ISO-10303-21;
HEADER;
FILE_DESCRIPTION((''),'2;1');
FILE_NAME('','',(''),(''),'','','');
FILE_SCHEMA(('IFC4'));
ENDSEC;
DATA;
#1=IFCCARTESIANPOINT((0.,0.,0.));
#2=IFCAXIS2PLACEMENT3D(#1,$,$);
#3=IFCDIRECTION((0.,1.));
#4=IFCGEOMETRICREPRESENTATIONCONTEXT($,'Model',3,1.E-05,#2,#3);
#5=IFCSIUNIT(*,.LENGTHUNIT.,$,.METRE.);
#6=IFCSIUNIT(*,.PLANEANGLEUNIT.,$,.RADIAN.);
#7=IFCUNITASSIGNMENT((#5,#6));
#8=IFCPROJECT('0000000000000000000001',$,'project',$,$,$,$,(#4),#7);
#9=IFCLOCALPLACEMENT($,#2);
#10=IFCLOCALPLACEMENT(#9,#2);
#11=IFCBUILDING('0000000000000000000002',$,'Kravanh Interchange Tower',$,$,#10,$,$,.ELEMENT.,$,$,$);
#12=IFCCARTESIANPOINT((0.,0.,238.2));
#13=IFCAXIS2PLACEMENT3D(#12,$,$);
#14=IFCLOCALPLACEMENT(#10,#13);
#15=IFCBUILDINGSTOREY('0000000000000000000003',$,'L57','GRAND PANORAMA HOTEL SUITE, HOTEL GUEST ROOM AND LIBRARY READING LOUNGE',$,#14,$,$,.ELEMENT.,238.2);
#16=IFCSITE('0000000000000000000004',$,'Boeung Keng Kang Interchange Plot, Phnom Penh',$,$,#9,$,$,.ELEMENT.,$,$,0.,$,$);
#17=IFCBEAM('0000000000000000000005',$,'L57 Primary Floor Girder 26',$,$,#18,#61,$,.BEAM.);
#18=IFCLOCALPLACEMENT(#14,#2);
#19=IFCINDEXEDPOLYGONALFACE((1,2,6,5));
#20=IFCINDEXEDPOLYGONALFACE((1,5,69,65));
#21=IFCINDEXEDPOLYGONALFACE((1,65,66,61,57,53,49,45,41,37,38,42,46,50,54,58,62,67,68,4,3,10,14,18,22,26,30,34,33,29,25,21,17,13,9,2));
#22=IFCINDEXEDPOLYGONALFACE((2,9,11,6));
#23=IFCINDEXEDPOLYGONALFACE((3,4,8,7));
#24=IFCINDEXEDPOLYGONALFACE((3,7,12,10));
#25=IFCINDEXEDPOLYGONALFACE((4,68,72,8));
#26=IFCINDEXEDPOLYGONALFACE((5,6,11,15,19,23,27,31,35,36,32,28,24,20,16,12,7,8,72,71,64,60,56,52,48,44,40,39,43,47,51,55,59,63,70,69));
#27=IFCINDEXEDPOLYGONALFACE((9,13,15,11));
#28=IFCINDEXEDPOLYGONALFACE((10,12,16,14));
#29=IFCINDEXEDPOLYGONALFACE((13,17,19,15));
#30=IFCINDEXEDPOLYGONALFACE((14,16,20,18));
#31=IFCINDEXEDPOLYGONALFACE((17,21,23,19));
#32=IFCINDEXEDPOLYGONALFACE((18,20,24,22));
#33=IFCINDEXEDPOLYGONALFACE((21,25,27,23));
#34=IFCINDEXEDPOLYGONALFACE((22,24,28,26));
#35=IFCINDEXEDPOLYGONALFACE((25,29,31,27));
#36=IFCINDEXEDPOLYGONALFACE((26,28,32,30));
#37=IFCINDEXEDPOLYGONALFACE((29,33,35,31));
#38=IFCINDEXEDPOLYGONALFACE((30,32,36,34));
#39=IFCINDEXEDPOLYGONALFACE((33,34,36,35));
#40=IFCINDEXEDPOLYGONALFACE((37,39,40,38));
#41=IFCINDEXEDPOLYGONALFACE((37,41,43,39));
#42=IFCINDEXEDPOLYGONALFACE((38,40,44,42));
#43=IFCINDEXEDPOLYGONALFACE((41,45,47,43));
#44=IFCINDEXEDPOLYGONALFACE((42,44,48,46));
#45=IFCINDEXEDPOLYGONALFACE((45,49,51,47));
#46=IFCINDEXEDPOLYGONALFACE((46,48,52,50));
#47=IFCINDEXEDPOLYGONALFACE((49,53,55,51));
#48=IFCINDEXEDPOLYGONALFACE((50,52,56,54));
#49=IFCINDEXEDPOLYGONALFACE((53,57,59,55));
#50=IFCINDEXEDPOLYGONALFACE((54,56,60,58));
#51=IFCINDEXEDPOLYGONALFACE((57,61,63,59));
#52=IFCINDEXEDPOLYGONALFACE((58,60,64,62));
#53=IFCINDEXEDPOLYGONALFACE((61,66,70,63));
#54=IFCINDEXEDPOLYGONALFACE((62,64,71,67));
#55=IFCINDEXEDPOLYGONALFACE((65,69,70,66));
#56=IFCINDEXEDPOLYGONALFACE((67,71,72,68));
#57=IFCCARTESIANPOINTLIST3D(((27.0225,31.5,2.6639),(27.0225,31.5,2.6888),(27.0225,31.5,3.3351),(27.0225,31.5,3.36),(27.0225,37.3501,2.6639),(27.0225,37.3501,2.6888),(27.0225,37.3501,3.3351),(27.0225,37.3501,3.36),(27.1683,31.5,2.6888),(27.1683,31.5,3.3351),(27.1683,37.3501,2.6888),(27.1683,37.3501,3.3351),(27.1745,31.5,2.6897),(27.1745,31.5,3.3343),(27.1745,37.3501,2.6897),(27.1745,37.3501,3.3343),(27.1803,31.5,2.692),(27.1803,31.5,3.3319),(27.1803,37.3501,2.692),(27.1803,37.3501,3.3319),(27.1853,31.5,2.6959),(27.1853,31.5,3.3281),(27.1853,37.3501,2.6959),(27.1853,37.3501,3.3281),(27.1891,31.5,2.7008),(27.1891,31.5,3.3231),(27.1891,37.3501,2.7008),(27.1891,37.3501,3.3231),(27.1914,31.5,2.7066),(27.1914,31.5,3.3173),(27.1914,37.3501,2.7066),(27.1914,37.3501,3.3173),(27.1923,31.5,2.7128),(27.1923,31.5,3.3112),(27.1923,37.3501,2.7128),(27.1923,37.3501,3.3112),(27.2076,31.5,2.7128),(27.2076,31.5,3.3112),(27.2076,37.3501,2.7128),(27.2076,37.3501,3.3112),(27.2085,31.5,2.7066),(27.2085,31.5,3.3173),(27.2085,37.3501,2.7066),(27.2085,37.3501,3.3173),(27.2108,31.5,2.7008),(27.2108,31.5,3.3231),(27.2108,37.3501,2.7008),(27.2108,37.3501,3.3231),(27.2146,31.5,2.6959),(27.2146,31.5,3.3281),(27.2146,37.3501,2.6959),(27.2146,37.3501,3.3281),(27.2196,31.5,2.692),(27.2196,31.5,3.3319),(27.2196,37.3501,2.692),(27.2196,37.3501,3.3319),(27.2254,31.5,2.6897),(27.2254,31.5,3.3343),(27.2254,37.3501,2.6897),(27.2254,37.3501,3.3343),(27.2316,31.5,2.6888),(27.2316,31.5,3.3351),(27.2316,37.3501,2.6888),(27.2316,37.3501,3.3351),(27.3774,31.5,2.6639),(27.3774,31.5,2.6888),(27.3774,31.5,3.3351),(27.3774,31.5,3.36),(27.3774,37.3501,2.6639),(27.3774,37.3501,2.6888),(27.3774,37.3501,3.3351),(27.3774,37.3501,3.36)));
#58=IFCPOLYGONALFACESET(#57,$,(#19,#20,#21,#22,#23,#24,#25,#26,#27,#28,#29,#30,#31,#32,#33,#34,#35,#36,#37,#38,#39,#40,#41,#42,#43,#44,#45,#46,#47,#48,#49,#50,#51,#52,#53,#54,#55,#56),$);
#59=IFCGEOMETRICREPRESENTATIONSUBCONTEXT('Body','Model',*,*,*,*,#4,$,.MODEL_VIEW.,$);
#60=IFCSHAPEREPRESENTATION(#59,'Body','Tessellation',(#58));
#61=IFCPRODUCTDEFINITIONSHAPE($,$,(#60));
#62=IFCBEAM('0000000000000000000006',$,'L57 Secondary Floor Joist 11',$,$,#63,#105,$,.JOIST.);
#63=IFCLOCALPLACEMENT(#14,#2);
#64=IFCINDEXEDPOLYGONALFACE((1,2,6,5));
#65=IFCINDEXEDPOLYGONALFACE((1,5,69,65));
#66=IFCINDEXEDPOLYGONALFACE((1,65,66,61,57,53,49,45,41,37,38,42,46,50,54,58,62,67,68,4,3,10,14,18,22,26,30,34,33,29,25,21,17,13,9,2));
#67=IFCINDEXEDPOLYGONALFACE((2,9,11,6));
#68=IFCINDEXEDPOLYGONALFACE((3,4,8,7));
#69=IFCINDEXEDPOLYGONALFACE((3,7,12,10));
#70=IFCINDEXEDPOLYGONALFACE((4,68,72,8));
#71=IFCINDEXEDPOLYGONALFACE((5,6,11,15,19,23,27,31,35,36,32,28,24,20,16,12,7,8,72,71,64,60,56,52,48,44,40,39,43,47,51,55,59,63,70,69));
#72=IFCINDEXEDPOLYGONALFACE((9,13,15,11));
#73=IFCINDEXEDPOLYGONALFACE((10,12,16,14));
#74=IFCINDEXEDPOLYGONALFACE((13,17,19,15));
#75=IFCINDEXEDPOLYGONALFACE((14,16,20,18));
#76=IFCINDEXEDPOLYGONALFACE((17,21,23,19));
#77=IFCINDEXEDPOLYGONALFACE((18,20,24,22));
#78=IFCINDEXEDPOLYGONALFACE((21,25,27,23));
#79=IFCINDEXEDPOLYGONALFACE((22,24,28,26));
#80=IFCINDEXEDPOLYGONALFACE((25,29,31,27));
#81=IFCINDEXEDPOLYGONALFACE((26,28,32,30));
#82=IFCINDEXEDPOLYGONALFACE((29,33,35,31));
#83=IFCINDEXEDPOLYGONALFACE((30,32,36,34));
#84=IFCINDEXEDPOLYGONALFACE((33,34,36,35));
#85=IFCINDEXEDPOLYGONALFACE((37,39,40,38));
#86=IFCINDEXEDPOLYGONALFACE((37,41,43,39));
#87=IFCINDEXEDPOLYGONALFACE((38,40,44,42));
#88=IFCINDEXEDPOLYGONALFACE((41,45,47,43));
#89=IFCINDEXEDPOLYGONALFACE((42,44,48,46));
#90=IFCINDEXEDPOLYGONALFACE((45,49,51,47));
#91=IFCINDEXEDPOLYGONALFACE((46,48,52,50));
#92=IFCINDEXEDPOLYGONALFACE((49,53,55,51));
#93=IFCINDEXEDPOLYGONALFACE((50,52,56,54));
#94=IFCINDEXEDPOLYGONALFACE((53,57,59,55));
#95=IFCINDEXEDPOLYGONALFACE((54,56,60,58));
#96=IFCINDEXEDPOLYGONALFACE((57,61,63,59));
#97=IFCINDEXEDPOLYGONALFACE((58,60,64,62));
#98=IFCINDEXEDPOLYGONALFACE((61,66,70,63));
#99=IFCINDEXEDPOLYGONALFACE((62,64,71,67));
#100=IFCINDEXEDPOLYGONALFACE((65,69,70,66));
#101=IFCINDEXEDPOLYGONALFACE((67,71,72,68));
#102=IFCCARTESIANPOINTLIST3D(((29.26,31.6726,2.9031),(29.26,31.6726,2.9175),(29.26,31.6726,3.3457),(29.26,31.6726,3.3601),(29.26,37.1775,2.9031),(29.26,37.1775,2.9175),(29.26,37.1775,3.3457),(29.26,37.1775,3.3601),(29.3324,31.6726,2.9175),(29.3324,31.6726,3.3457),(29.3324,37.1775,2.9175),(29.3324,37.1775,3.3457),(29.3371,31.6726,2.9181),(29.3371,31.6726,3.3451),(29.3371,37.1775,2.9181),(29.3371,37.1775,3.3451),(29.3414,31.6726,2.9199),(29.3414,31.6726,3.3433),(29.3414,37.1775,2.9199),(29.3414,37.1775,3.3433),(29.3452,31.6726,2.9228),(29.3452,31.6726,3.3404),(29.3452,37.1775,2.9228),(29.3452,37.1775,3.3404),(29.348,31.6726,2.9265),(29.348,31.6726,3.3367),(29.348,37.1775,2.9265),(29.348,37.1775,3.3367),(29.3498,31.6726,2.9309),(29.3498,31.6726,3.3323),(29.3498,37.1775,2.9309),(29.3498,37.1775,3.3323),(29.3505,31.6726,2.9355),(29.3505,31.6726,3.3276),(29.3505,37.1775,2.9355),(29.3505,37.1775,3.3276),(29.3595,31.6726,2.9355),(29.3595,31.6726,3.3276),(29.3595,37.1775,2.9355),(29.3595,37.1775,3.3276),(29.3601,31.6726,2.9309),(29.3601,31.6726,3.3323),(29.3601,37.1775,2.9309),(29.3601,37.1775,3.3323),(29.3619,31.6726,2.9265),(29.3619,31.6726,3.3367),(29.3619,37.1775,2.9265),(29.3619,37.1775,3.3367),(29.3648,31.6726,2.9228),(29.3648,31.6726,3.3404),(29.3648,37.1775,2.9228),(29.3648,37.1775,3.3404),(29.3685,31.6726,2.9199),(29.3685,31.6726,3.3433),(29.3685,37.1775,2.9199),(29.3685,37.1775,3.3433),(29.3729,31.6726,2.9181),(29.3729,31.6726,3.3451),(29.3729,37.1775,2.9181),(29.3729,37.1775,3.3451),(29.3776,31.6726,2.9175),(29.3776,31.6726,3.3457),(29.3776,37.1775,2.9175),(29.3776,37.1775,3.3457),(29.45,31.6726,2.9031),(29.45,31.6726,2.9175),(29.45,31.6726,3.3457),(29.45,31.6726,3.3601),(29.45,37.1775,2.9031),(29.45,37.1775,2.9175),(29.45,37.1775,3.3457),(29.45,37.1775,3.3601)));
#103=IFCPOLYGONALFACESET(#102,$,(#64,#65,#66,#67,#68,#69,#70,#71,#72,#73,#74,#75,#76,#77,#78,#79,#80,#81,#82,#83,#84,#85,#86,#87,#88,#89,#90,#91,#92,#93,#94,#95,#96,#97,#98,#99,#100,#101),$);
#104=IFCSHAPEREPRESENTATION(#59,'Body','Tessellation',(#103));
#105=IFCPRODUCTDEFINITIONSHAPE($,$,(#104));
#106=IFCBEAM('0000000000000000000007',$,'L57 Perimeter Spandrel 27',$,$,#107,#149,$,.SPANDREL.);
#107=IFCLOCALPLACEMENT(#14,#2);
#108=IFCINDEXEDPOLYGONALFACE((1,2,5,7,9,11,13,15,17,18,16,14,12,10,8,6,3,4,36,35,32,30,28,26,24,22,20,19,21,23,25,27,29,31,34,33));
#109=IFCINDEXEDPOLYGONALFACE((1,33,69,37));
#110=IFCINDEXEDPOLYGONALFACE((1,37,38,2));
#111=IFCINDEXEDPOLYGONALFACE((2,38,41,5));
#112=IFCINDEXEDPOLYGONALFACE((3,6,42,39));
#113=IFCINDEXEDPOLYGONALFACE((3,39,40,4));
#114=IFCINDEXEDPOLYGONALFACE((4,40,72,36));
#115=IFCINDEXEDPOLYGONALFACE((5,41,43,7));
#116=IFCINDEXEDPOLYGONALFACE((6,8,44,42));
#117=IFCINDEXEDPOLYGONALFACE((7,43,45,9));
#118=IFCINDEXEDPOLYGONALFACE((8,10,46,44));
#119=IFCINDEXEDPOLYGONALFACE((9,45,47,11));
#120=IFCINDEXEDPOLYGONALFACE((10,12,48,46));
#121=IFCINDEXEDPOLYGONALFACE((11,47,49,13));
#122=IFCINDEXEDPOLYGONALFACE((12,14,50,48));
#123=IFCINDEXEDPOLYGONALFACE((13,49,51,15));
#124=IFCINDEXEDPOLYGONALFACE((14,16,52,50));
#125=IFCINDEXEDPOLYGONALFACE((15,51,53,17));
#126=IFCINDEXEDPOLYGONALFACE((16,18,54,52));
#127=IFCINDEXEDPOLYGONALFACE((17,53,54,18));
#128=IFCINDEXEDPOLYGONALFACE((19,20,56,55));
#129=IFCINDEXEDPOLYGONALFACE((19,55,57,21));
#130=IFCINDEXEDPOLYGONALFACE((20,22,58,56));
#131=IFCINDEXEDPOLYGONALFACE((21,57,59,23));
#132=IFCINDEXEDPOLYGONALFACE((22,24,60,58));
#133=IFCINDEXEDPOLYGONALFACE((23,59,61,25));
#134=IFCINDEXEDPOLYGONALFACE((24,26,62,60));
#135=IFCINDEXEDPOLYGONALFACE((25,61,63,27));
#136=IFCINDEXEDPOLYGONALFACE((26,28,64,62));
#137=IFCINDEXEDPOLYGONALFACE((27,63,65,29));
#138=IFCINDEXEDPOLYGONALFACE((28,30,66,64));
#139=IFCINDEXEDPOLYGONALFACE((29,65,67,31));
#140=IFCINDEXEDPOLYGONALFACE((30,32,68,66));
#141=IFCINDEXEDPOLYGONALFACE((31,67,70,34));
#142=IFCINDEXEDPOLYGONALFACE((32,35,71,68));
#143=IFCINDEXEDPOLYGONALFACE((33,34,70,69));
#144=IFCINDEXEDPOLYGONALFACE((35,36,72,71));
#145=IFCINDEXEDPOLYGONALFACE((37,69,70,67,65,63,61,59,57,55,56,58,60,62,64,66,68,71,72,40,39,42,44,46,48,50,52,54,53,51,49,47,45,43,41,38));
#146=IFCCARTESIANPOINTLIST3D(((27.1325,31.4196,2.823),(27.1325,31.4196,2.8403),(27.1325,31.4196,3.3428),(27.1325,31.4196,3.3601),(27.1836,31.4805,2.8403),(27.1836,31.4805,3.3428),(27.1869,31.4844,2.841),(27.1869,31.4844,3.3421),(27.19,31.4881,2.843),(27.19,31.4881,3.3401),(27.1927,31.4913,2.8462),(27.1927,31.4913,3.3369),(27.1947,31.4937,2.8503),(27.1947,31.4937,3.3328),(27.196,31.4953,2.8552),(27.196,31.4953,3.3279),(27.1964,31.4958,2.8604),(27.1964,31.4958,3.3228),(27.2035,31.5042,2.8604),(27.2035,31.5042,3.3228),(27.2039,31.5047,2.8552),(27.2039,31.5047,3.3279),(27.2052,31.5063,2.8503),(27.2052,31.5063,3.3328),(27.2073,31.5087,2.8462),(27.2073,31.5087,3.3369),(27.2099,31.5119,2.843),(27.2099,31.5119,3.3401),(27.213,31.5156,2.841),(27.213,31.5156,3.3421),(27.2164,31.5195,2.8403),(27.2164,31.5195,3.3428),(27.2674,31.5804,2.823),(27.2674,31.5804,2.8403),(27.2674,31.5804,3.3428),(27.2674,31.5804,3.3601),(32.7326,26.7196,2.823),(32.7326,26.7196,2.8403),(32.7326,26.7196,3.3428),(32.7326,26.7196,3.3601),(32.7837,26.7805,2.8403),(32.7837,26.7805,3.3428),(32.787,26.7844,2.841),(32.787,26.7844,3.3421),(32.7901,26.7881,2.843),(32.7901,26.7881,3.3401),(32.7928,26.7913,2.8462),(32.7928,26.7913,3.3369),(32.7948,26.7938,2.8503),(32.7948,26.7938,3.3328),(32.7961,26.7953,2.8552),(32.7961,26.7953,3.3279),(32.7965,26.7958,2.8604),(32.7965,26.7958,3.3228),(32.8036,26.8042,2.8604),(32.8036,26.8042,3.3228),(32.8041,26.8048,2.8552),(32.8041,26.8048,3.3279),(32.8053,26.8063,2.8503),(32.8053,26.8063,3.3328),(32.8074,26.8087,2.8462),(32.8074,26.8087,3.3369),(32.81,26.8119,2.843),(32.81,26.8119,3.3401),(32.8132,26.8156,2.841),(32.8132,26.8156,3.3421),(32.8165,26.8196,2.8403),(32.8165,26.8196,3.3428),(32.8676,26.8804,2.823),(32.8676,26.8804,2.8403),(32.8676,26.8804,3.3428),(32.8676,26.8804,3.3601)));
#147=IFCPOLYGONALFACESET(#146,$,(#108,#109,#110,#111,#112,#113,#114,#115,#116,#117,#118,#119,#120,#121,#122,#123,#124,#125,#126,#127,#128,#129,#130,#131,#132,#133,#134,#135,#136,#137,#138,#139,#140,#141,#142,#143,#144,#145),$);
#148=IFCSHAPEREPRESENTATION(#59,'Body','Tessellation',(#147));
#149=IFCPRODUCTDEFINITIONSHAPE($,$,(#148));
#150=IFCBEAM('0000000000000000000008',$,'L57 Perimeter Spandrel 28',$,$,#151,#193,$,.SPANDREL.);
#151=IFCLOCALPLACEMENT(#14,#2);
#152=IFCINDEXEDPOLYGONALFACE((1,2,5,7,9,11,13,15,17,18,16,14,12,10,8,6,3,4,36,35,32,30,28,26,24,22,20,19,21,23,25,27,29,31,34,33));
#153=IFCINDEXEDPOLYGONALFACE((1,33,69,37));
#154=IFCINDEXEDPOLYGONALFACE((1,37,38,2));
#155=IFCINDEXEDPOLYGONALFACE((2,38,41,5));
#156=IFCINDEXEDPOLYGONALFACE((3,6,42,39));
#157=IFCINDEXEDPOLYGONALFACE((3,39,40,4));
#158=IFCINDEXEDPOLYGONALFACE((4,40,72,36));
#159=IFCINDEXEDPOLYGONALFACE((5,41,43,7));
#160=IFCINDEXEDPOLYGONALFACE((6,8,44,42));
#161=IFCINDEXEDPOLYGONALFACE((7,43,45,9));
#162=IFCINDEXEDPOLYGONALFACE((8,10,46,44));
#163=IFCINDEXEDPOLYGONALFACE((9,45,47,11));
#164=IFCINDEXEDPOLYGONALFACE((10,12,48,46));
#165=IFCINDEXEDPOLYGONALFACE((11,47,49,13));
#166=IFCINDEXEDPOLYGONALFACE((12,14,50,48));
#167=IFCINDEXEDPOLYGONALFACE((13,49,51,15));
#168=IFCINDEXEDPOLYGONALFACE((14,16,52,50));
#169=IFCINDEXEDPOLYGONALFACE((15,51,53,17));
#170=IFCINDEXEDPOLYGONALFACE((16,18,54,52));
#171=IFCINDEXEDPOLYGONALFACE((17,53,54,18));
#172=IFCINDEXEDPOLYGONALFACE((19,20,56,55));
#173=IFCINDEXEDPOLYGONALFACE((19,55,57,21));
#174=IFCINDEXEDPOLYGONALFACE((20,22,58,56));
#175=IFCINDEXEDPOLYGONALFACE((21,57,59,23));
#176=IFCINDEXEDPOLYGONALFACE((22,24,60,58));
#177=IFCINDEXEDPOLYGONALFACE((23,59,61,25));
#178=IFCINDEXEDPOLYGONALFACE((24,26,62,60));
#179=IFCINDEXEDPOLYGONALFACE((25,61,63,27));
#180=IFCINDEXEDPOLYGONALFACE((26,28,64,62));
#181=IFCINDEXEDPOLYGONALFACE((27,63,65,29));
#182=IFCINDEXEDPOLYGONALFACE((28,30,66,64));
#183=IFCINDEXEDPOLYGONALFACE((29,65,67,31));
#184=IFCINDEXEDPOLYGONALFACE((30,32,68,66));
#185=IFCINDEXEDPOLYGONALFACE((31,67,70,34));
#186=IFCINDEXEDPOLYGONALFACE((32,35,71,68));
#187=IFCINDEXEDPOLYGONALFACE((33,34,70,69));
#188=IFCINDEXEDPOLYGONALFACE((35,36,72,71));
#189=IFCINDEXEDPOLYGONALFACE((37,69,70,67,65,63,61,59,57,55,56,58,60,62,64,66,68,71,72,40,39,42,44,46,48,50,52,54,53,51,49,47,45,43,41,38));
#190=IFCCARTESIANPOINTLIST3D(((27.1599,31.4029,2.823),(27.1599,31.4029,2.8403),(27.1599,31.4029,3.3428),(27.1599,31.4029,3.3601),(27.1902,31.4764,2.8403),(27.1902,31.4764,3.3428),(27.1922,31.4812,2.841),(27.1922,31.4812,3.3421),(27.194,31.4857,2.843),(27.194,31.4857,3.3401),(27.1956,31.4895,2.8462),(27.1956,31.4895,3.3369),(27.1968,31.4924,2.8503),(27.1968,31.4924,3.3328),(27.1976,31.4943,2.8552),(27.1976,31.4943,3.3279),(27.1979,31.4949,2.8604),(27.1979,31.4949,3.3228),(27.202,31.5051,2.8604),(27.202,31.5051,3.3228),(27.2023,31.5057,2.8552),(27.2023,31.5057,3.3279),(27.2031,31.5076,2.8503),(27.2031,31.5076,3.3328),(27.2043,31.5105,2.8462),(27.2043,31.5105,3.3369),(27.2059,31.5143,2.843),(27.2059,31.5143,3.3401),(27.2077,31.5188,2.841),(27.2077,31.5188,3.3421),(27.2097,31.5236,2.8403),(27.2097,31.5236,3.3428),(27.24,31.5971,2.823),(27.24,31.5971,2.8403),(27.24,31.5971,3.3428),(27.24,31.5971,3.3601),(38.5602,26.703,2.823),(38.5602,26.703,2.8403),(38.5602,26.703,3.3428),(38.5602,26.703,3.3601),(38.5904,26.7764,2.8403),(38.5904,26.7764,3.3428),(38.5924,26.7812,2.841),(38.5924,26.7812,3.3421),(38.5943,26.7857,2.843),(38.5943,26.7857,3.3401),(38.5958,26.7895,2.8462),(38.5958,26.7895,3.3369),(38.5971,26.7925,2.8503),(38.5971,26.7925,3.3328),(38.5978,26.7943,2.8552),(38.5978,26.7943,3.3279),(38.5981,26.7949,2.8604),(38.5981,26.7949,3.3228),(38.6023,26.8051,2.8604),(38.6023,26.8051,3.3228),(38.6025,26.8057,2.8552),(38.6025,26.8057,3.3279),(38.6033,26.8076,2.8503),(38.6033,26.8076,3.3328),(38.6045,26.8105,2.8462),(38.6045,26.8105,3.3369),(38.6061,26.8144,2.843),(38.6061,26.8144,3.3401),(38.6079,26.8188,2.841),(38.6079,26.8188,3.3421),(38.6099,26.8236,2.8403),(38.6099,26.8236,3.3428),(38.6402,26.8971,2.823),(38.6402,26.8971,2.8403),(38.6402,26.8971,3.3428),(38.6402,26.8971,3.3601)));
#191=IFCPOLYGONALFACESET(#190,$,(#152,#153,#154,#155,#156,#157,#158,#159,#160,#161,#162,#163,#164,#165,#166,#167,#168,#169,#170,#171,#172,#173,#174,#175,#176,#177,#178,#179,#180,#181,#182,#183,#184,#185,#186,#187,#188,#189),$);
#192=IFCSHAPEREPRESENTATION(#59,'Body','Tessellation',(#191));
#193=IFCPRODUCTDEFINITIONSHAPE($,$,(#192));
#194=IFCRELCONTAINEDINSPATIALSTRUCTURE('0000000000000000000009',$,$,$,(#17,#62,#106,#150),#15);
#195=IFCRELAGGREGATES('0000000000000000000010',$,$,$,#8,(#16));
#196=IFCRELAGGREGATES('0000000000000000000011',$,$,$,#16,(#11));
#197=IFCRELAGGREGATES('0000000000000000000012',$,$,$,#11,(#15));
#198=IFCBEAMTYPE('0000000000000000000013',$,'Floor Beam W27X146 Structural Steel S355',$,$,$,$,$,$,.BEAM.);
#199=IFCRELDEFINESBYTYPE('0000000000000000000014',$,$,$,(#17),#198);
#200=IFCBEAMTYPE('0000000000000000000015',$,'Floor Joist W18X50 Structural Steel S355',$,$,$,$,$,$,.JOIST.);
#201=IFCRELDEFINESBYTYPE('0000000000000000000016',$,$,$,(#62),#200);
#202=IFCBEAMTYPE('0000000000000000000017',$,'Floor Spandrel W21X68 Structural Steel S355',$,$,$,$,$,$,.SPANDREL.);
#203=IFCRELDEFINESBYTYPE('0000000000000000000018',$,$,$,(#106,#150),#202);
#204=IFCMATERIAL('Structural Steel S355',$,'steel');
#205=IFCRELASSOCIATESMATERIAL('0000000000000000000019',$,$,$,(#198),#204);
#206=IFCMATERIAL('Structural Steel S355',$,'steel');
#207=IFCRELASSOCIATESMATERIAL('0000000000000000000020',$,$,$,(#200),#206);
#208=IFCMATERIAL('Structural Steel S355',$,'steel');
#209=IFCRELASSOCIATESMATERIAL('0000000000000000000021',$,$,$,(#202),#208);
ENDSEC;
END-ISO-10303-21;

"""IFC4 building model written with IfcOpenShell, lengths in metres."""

from ifc_helpers import new_model, si_unit, direction, frame, origin, origin_2d, place, context, subcontext, project, spatial, i_section, extrude, material, material_profile, profile_set, type_object, element, save


model = new_model("IFC4")

# Units and contexts
model_context = context("Model", 3, precision=1e-05, world=origin(), true_north=direction((0.0, 1.0)))
body_context = subcontext(model_context, "Body", "Model", "MODEL_VIEW")
ifc_project = project(units=[si_unit("LENGTHUNIT", "METRE"), si_unit("PLANEANGLEUNIT", "RADIAN")], contexts=[model_context])

# Site, building, storey
site_placement = place(None, origin())
site = spatial("IfcSite", under=ifc_project, at=site_placement, Name="Boeung Keng Kang Interchange Plot, Phnom Penh", CompositionType="ELEMENT", RefElevation=0.0)
building_placement = place(site_placement, origin())
building = spatial("IfcBuilding", under=site, at=building_placement, Name="Kravanh Interchange Tower", CompositionType="ELEMENT")
storey_placement = place(building_placement, frame((0.0, 0.0, 238.2)))
storey = spatial("IfcBuildingStorey", under=building, at=storey_placement, Name="L57", Description="GRAND PANORAMA HOTEL SUITE, HOTEL GUEST ROOM AND LIBRARY READING LOUNGE", CompositionType="ELEMENT", Elevation=238.2)

# Beams
ifc_material_1 = material(Name="Structural Steel S355", Category="steel")
ifc_material_profile_1 = material_profile(ifc_material_1, i_section(OverallWidth=0.355, OverallDepth=0.696, WebThickness=0.0154, FlangeThickness=0.0249, FilletRadius=0.0239, at=origin_2d()), Name="W27X146")
ifc_profile_set_1 = profile_set([ifc_material_profile_1], Name="Structural Steel S355")
beam_type_1 = type_object("IfcBeamType", Name="Floor Beam W27X146 Structural Steel S355", PredefinedType="BEAM", material=ifc_profile_set_1)
beam_1_placement = place(storey_placement, frame((27.2, 31.5, 3.012), z_axis=(0.0, 1.0, 0.0), x_axis=(-1.0, 0.0, 0.0)))
element("IfcBeam", 1, at=beam_1_placement, inside=storey, type_object=beam_type_1, Name="L57 Primary Floor Girder 26", PredefinedType="BEAM", context=body_context, shape_type="SweptSolid", body=[
    extrude(i_section(OverallWidth=0.355, OverallDepth=0.696, WebThickness=0.0154, FlangeThickness=0.0249, FilletRadius=0.0239, at=origin_2d()), origin(), (0.0, 0.0, 1.0), 5.8501),
])
ifc_material_2 = material(Name="Structural Steel S355", Category="steel")
ifc_material_profile_2 = material_profile(ifc_material_2, i_section(OverallWidth=0.1899, OverallDepth=0.457, WebThickness=0.009, FlangeThickness=0.0144, FilletRadius=0.0181, at=origin_2d()), Name="W18X50")
ifc_profile_set_2 = profile_set([ifc_material_profile_2], Name="Structural Steel S355")
beam_type_2 = type_object("IfcBeamType", Name="Floor Joist W18X50 Structural Steel S355", PredefinedType="JOIST", material=ifc_profile_set_2)
beam_2_placement = place(storey_placement, frame((29.355, 31.6726, 3.1316), z_axis=(0.0, 1.0, 0.0), x_axis=(-1.0, 0.0, 0.0)))
element("IfcBeam", 2, at=beam_2_placement, inside=storey, type_object=beam_type_2, Name="L57 Secondary Floor Joist 11", PredefinedType="JOIST", context=body_context, shape_type="SweptSolid", body=[
    extrude(i_section(OverallWidth=0.1899, OverallDepth=0.457, WebThickness=0.009, FlangeThickness=0.0144, FilletRadius=0.0181, at=origin_2d()), origin(), (0.0, 0.0, 1.0), 5.5049),
])
ifc_material_3 = material(Name="Structural Steel S355", Category="steel")
ifc_material_profile_3 = material_profile(ifc_material_3, i_section(OverallWidth=0.21, OverallDepth=0.5371, WebThickness=0.011, FlangeThickness=0.0173, FilletRadius=0.02, at=origin_2d()), Name="W21X68")
ifc_profile_set_3 = profile_set([ifc_material_profile_3], Name="Structural Steel S355")
beam_type_3 = type_object("IfcBeamType", Name="Floor Spandrel W21X68 Structural Steel S355", PredefinedType="SPANDREL", material=ifc_profile_set_3)
beam_3_placement = place(storey_placement, frame((27.2, 31.5, 3.0916), z_axis=(0.765983, -0.642861, 0.0), x_axis=(0.642861, 0.765983, 0.0)))
element("IfcBeam", 3, at=beam_3_placement, inside=storey, type_object=beam_type_3, Name="L57 Perimeter Spandrel 27", PredefinedType="SPANDREL", context=body_context, shape_type="SweptSolid", body=[
    extrude(i_section(OverallWidth=0.21, OverallDepth=0.5371, WebThickness=0.011, FlangeThickness=0.0173, FilletRadius=0.02, at=origin_2d()), origin(), (0.0, 0.0, 1.0), 7.311),
])
beam_4_placement = place(storey_placement, frame((27.2, 31.5, 3.0916), z_axis=(0.924513, -0.38115, 0.0), x_axis=(0.38115, 0.924513, 0.0)))
element("IfcBeam", 4, at=beam_4_placement, inside=storey, type_object=beam_type_3, Name="L57 Perimeter Spandrel 28", PredefinedType="SPANDREL", context=body_context, shape_type="SweptSolid", body=[
    extrude(i_section(OverallWidth=0.21, OverallDepth=0.5371, WebThickness=0.011, FlangeThickness=0.0173, FilletRadius=0.02, at=origin_2d()), origin(), (0.0, 0.0, 1.0), 12.3311),
])

save(model, "model.ifc")
